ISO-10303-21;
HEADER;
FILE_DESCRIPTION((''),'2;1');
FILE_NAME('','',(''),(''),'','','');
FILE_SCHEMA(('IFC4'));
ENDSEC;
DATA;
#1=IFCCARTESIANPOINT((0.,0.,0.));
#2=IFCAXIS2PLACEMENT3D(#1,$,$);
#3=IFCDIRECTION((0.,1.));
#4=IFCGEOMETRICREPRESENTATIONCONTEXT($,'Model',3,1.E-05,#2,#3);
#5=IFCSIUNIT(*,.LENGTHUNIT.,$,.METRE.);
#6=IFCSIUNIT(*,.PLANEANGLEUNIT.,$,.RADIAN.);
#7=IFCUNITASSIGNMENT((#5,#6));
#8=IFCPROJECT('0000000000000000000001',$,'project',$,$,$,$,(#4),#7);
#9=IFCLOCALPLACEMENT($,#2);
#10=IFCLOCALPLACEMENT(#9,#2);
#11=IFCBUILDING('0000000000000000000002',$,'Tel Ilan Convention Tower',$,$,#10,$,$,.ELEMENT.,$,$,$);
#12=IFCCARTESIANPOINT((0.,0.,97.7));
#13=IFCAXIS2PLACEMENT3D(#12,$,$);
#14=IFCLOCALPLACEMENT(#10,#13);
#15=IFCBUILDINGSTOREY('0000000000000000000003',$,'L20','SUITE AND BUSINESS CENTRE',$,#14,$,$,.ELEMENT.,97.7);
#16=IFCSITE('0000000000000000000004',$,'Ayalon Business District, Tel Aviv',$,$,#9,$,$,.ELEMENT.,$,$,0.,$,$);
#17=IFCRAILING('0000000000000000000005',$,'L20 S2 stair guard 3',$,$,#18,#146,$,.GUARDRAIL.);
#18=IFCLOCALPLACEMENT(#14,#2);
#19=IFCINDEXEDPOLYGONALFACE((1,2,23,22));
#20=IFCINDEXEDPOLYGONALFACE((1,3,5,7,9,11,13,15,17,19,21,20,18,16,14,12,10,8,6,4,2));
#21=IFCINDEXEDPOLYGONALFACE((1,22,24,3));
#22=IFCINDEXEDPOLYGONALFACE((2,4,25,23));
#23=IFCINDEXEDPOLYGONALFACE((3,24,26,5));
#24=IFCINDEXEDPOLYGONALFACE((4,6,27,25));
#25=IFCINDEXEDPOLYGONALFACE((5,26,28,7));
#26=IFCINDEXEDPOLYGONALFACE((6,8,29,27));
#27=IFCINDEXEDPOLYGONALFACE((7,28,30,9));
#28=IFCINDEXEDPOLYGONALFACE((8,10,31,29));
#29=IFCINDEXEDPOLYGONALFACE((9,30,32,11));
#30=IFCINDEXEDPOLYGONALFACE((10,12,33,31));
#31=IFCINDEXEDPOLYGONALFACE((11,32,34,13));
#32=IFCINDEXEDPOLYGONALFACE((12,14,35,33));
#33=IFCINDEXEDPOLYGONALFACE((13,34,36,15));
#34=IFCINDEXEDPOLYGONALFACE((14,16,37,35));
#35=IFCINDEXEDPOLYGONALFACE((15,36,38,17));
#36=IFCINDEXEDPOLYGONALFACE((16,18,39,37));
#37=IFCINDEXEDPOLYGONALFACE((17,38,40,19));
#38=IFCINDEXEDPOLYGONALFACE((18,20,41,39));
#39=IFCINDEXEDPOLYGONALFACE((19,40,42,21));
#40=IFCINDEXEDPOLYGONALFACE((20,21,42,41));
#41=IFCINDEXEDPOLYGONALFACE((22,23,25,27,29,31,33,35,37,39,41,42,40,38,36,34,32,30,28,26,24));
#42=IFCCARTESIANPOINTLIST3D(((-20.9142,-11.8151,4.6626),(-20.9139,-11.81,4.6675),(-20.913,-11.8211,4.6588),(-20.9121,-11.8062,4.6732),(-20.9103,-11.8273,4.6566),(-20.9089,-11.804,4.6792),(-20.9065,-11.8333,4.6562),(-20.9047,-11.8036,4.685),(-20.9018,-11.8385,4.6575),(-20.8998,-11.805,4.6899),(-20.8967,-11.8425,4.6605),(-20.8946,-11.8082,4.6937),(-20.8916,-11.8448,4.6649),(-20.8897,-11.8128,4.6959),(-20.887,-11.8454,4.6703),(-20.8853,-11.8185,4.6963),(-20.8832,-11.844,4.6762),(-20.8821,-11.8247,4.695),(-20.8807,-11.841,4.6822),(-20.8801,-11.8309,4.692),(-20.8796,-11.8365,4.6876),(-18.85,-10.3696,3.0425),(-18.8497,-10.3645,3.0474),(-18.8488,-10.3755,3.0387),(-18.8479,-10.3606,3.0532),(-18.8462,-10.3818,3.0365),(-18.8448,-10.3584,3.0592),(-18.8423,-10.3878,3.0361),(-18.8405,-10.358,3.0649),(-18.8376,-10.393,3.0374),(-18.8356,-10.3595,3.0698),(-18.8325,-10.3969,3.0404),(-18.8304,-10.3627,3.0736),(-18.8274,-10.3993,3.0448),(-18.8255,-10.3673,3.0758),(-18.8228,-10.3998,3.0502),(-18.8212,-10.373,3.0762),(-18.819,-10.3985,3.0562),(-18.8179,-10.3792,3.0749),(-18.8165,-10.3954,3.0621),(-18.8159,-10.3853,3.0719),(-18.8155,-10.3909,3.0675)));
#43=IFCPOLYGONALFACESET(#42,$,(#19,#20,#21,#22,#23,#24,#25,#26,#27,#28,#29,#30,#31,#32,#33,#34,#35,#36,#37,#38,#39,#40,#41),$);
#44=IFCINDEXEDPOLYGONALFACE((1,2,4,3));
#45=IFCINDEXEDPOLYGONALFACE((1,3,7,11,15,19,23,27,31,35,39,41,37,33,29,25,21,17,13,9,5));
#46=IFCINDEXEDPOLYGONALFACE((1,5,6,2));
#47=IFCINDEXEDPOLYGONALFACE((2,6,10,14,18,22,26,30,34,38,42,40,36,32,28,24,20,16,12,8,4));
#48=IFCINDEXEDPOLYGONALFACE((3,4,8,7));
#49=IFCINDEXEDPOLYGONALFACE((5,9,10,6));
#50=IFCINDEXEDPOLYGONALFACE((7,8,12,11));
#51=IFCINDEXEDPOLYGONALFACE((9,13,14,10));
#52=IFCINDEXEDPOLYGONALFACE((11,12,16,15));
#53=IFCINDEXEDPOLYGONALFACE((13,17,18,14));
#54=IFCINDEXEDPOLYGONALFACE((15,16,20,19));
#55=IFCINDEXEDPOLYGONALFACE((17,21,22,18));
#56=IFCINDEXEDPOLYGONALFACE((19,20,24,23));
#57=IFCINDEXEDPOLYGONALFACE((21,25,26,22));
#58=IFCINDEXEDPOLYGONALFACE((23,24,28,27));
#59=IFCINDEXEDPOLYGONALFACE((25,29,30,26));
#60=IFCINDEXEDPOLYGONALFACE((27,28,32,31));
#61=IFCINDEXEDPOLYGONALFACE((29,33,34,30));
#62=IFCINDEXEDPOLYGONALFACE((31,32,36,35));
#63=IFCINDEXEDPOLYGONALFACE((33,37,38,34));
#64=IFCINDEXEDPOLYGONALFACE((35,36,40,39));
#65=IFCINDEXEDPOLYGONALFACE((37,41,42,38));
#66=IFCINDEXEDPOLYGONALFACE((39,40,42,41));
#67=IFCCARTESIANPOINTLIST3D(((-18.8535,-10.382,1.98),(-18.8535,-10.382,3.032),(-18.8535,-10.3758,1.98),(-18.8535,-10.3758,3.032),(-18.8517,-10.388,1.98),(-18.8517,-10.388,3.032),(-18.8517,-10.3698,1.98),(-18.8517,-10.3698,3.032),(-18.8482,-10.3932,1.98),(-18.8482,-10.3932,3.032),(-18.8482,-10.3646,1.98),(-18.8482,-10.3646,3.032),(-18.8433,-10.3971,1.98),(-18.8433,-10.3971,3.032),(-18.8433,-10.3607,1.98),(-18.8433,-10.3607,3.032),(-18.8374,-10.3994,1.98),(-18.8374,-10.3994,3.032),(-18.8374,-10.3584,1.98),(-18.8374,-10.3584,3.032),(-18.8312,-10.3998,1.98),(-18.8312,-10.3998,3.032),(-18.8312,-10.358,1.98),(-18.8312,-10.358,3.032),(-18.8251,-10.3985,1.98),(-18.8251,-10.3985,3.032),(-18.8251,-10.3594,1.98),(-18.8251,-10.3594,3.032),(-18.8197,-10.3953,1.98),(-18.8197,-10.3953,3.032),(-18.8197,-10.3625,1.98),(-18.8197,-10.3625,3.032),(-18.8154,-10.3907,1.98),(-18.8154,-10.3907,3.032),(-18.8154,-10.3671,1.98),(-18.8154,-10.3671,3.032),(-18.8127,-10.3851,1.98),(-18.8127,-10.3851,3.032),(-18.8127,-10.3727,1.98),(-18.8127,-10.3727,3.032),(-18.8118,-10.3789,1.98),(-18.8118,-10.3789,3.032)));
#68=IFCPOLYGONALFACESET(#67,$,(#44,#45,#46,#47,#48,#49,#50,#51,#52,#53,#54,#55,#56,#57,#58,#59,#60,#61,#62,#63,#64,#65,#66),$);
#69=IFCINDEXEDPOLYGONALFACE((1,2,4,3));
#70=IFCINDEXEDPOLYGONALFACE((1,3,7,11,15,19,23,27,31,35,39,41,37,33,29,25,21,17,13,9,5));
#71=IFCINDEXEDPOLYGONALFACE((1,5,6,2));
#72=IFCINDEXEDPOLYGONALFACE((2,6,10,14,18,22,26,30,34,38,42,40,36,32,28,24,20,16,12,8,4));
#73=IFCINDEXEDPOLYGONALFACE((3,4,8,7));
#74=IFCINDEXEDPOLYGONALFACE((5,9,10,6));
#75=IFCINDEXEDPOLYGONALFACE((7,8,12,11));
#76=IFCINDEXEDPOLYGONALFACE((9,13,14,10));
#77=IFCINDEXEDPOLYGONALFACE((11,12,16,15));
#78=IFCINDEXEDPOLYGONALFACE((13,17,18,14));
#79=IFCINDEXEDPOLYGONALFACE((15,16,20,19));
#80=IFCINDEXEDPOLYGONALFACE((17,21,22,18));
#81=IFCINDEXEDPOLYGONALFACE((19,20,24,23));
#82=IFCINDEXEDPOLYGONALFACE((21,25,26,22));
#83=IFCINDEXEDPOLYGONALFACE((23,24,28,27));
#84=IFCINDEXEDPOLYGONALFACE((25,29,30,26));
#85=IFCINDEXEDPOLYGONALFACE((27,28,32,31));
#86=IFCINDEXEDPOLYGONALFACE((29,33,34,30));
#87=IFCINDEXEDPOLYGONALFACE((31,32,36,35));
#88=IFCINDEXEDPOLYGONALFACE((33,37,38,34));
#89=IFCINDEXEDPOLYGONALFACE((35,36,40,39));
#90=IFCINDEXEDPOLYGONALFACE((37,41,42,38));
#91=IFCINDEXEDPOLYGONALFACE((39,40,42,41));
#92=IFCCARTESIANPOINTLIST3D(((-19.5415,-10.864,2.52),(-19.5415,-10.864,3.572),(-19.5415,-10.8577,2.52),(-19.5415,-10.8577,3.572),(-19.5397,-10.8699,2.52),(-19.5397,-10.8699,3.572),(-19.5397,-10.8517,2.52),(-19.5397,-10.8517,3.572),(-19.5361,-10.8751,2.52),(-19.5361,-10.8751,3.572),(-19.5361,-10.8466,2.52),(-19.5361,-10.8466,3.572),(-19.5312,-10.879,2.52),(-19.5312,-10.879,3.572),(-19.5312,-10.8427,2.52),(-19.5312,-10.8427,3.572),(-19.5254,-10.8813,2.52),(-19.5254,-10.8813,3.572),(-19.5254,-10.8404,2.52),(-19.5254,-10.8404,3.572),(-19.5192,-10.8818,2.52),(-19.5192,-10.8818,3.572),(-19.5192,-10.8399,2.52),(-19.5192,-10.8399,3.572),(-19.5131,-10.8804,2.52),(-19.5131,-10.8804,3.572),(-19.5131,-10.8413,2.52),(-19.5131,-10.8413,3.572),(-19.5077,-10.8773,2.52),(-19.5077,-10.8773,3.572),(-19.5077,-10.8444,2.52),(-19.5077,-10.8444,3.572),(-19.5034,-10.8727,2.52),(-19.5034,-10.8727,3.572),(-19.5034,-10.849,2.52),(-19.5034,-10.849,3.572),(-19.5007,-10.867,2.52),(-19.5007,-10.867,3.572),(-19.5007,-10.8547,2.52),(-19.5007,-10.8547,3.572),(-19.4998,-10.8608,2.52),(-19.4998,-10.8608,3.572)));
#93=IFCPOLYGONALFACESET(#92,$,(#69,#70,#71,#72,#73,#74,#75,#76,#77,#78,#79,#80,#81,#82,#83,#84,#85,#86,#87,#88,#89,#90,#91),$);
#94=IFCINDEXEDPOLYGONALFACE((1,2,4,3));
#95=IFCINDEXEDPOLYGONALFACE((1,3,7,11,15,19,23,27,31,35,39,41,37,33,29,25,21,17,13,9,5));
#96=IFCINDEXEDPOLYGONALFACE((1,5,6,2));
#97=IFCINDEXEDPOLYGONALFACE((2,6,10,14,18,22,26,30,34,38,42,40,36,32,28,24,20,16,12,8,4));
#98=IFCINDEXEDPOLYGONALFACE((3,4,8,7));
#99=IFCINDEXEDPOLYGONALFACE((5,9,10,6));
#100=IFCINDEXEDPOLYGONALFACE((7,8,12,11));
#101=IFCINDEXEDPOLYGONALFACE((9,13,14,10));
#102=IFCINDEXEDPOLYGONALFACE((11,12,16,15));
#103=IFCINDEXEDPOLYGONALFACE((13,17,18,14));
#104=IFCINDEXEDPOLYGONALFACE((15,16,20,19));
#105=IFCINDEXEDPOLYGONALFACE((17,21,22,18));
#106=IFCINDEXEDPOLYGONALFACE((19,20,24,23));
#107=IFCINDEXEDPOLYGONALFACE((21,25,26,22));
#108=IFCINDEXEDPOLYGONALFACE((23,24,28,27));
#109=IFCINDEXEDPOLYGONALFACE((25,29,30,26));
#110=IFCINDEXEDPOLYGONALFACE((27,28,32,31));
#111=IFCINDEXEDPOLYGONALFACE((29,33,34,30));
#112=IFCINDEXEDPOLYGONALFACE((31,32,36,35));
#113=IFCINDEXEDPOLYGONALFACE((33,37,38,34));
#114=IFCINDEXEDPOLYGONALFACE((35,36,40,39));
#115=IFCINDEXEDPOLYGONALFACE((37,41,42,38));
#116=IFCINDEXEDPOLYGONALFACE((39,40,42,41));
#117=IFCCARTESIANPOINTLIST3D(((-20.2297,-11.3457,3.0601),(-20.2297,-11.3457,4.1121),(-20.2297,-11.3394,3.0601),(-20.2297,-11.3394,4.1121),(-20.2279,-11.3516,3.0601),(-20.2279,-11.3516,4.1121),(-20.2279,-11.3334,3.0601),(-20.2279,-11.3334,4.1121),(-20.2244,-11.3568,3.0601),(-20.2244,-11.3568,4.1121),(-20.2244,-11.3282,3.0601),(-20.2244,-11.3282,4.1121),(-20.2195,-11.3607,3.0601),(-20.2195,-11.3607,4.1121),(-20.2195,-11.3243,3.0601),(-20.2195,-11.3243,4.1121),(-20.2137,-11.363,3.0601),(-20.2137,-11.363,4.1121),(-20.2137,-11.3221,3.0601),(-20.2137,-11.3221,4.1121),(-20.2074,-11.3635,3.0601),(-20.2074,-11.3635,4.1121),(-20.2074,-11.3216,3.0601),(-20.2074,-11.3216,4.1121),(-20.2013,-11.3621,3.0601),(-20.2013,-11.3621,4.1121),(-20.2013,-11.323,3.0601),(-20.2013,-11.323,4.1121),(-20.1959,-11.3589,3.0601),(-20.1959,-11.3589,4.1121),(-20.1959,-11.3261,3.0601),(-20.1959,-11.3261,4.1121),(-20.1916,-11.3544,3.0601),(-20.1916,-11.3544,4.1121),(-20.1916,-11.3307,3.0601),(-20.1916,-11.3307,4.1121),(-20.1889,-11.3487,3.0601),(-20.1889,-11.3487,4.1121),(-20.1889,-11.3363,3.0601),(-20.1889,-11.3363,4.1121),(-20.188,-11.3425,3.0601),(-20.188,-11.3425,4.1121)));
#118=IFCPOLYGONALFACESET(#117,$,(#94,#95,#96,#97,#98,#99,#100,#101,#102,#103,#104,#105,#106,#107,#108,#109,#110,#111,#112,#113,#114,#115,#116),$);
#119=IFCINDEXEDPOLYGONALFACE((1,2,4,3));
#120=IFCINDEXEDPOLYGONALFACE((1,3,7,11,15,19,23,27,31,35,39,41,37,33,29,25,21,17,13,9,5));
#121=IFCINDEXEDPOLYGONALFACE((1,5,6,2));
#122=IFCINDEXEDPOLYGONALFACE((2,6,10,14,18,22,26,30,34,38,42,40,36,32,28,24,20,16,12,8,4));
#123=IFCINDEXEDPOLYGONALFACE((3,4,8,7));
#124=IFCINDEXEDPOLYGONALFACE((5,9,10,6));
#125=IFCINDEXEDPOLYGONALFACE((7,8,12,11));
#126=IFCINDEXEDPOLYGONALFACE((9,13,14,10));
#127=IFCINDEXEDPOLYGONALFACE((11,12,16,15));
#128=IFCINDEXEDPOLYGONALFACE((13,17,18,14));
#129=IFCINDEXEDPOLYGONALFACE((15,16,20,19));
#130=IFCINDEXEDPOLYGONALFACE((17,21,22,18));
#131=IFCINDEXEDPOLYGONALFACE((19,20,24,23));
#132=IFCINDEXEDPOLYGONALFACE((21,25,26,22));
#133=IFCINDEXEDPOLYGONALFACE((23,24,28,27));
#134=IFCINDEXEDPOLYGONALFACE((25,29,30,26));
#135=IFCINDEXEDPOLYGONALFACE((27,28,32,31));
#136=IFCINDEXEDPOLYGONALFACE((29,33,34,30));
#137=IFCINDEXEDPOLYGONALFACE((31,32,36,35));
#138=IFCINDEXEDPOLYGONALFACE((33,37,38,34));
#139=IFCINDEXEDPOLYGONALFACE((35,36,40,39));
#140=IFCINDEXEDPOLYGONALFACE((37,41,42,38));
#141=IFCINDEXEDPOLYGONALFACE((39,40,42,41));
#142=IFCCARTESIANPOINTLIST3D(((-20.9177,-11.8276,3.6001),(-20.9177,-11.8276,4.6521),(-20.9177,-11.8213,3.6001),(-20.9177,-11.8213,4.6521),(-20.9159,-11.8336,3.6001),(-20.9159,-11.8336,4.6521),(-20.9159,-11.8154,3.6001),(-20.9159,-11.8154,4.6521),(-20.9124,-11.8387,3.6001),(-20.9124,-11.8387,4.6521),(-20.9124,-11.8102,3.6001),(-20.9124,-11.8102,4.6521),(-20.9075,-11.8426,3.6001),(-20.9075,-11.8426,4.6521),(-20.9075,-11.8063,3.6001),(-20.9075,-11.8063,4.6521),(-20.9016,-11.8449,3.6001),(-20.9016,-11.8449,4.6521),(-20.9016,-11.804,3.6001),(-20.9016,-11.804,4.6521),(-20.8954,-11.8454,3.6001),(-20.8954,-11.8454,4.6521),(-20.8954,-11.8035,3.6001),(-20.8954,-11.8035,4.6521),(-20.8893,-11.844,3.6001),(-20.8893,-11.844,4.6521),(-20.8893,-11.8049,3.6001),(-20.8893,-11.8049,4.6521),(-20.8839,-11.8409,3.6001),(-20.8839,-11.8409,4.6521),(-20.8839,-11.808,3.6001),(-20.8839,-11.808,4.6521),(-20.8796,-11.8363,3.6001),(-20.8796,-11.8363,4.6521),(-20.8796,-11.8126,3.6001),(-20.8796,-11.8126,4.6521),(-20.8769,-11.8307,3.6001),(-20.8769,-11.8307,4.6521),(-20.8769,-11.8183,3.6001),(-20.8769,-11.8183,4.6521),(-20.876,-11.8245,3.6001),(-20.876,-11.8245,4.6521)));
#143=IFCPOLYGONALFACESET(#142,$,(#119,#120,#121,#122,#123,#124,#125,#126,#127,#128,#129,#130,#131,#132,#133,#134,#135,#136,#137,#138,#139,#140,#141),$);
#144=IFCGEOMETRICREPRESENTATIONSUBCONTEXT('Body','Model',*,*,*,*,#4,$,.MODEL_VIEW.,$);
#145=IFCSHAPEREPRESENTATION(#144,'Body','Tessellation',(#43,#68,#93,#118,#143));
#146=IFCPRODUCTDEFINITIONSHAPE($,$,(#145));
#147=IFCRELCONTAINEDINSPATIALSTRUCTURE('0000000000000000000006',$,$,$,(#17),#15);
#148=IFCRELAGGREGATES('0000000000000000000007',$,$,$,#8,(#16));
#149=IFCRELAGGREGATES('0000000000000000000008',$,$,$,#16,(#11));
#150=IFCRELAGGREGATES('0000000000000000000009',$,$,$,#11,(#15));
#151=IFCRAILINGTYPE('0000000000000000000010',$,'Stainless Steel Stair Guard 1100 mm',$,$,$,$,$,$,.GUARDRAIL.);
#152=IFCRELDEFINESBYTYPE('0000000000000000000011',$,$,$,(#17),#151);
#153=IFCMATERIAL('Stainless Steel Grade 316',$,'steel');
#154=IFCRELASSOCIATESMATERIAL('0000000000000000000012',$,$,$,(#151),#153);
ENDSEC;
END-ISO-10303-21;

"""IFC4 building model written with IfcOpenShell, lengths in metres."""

from ifc_helpers import new_model, si_unit, direction, frame, origin, origin_2d, place, context, subcontext, project, spatial, circle, extrude, material, type_object, element, save


model = new_model("IFC4")

# Units and contexts
model_context = context("Model", 3, precision=1e-05, world=origin(), true_north=direction((0.0, 1.0)))
body_context = subcontext(model_context, "Body", "Model", "MODEL_VIEW")
ifc_project = project(units=[si_unit("LENGTHUNIT", "METRE"), si_unit("PLANEANGLEUNIT", "RADIAN")], contexts=[model_context])

# Site, building, storey
site_placement = place(None, origin())
site = spatial("IfcSite", under=ifc_project, at=site_placement, Name="Ayalon Business District, Tel Aviv", CompositionType="ELEMENT", RefElevation=0.0)
building_placement = place(site_placement, origin())
building = spatial("IfcBuilding", under=site, at=building_placement, Name="Tel Ilan Convention Tower", CompositionType="ELEMENT")
storey_placement = place(building_placement, frame((0.0, 0.0, 97.7)))
storey = spatial("IfcBuildingStorey", under=building, at=storey_placement, Name="L20", Description="SUITE AND BUSINESS CENTRE", CompositionType="ELEMENT", Elevation=97.7)

# Railing
ifc_material_1 = material(Name="Stainless Steel Grade 316", Category="steel")
railing_type_1 = type_object("IfcRailingType", Name="Stainless Steel Stair Guard 1100 mm", PredefinedType="GUARDRAIL", material=ifc_material_1)
railing_1_placement = place(storey_placement, frame((-18.8328, -10.3789, 1.98)))
element("IfcRailing", 1, at=railing_1_placement, inside=storey, type_object=railing_type_1, Name="L20 S2 stair guard 3", PredefinedType="GUARDRAIL", context=body_context, shape_type="SweptSolid", body=[
    extrude(circle(Radius=0.0239, at=origin_2d()), frame((0.0, 0.0, 1.0762), z_axis=(-0.689013, -0.482513, 0.540779), x_axis=(0.573625, -0.819118, 0.0)), (0.0, 0.0, 1.0), 2.9958),
    extrude(circle(Radius=0.021, at=origin_2d()), origin(), (0.0, 0.0, 1.0), 1.052),
    extrude(circle(Radius=0.021, at=origin_2d()), frame((-0.688, -0.4819, 0.54)), (0.0, 0.0, 1.0), 1.052),
    extrude(circle(Radius=0.021, at=origin_2d()), frame((-1.3762, -0.9636, 1.0801)), (0.0, 0.0, 1.0), 1.052),
    extrude(circle(Radius=0.021, at=origin_2d()), frame((-2.0642, -1.4456, 1.6201)), (0.0, 0.0, 1.0), 1.052),
])

save(model, "model.ifc")
